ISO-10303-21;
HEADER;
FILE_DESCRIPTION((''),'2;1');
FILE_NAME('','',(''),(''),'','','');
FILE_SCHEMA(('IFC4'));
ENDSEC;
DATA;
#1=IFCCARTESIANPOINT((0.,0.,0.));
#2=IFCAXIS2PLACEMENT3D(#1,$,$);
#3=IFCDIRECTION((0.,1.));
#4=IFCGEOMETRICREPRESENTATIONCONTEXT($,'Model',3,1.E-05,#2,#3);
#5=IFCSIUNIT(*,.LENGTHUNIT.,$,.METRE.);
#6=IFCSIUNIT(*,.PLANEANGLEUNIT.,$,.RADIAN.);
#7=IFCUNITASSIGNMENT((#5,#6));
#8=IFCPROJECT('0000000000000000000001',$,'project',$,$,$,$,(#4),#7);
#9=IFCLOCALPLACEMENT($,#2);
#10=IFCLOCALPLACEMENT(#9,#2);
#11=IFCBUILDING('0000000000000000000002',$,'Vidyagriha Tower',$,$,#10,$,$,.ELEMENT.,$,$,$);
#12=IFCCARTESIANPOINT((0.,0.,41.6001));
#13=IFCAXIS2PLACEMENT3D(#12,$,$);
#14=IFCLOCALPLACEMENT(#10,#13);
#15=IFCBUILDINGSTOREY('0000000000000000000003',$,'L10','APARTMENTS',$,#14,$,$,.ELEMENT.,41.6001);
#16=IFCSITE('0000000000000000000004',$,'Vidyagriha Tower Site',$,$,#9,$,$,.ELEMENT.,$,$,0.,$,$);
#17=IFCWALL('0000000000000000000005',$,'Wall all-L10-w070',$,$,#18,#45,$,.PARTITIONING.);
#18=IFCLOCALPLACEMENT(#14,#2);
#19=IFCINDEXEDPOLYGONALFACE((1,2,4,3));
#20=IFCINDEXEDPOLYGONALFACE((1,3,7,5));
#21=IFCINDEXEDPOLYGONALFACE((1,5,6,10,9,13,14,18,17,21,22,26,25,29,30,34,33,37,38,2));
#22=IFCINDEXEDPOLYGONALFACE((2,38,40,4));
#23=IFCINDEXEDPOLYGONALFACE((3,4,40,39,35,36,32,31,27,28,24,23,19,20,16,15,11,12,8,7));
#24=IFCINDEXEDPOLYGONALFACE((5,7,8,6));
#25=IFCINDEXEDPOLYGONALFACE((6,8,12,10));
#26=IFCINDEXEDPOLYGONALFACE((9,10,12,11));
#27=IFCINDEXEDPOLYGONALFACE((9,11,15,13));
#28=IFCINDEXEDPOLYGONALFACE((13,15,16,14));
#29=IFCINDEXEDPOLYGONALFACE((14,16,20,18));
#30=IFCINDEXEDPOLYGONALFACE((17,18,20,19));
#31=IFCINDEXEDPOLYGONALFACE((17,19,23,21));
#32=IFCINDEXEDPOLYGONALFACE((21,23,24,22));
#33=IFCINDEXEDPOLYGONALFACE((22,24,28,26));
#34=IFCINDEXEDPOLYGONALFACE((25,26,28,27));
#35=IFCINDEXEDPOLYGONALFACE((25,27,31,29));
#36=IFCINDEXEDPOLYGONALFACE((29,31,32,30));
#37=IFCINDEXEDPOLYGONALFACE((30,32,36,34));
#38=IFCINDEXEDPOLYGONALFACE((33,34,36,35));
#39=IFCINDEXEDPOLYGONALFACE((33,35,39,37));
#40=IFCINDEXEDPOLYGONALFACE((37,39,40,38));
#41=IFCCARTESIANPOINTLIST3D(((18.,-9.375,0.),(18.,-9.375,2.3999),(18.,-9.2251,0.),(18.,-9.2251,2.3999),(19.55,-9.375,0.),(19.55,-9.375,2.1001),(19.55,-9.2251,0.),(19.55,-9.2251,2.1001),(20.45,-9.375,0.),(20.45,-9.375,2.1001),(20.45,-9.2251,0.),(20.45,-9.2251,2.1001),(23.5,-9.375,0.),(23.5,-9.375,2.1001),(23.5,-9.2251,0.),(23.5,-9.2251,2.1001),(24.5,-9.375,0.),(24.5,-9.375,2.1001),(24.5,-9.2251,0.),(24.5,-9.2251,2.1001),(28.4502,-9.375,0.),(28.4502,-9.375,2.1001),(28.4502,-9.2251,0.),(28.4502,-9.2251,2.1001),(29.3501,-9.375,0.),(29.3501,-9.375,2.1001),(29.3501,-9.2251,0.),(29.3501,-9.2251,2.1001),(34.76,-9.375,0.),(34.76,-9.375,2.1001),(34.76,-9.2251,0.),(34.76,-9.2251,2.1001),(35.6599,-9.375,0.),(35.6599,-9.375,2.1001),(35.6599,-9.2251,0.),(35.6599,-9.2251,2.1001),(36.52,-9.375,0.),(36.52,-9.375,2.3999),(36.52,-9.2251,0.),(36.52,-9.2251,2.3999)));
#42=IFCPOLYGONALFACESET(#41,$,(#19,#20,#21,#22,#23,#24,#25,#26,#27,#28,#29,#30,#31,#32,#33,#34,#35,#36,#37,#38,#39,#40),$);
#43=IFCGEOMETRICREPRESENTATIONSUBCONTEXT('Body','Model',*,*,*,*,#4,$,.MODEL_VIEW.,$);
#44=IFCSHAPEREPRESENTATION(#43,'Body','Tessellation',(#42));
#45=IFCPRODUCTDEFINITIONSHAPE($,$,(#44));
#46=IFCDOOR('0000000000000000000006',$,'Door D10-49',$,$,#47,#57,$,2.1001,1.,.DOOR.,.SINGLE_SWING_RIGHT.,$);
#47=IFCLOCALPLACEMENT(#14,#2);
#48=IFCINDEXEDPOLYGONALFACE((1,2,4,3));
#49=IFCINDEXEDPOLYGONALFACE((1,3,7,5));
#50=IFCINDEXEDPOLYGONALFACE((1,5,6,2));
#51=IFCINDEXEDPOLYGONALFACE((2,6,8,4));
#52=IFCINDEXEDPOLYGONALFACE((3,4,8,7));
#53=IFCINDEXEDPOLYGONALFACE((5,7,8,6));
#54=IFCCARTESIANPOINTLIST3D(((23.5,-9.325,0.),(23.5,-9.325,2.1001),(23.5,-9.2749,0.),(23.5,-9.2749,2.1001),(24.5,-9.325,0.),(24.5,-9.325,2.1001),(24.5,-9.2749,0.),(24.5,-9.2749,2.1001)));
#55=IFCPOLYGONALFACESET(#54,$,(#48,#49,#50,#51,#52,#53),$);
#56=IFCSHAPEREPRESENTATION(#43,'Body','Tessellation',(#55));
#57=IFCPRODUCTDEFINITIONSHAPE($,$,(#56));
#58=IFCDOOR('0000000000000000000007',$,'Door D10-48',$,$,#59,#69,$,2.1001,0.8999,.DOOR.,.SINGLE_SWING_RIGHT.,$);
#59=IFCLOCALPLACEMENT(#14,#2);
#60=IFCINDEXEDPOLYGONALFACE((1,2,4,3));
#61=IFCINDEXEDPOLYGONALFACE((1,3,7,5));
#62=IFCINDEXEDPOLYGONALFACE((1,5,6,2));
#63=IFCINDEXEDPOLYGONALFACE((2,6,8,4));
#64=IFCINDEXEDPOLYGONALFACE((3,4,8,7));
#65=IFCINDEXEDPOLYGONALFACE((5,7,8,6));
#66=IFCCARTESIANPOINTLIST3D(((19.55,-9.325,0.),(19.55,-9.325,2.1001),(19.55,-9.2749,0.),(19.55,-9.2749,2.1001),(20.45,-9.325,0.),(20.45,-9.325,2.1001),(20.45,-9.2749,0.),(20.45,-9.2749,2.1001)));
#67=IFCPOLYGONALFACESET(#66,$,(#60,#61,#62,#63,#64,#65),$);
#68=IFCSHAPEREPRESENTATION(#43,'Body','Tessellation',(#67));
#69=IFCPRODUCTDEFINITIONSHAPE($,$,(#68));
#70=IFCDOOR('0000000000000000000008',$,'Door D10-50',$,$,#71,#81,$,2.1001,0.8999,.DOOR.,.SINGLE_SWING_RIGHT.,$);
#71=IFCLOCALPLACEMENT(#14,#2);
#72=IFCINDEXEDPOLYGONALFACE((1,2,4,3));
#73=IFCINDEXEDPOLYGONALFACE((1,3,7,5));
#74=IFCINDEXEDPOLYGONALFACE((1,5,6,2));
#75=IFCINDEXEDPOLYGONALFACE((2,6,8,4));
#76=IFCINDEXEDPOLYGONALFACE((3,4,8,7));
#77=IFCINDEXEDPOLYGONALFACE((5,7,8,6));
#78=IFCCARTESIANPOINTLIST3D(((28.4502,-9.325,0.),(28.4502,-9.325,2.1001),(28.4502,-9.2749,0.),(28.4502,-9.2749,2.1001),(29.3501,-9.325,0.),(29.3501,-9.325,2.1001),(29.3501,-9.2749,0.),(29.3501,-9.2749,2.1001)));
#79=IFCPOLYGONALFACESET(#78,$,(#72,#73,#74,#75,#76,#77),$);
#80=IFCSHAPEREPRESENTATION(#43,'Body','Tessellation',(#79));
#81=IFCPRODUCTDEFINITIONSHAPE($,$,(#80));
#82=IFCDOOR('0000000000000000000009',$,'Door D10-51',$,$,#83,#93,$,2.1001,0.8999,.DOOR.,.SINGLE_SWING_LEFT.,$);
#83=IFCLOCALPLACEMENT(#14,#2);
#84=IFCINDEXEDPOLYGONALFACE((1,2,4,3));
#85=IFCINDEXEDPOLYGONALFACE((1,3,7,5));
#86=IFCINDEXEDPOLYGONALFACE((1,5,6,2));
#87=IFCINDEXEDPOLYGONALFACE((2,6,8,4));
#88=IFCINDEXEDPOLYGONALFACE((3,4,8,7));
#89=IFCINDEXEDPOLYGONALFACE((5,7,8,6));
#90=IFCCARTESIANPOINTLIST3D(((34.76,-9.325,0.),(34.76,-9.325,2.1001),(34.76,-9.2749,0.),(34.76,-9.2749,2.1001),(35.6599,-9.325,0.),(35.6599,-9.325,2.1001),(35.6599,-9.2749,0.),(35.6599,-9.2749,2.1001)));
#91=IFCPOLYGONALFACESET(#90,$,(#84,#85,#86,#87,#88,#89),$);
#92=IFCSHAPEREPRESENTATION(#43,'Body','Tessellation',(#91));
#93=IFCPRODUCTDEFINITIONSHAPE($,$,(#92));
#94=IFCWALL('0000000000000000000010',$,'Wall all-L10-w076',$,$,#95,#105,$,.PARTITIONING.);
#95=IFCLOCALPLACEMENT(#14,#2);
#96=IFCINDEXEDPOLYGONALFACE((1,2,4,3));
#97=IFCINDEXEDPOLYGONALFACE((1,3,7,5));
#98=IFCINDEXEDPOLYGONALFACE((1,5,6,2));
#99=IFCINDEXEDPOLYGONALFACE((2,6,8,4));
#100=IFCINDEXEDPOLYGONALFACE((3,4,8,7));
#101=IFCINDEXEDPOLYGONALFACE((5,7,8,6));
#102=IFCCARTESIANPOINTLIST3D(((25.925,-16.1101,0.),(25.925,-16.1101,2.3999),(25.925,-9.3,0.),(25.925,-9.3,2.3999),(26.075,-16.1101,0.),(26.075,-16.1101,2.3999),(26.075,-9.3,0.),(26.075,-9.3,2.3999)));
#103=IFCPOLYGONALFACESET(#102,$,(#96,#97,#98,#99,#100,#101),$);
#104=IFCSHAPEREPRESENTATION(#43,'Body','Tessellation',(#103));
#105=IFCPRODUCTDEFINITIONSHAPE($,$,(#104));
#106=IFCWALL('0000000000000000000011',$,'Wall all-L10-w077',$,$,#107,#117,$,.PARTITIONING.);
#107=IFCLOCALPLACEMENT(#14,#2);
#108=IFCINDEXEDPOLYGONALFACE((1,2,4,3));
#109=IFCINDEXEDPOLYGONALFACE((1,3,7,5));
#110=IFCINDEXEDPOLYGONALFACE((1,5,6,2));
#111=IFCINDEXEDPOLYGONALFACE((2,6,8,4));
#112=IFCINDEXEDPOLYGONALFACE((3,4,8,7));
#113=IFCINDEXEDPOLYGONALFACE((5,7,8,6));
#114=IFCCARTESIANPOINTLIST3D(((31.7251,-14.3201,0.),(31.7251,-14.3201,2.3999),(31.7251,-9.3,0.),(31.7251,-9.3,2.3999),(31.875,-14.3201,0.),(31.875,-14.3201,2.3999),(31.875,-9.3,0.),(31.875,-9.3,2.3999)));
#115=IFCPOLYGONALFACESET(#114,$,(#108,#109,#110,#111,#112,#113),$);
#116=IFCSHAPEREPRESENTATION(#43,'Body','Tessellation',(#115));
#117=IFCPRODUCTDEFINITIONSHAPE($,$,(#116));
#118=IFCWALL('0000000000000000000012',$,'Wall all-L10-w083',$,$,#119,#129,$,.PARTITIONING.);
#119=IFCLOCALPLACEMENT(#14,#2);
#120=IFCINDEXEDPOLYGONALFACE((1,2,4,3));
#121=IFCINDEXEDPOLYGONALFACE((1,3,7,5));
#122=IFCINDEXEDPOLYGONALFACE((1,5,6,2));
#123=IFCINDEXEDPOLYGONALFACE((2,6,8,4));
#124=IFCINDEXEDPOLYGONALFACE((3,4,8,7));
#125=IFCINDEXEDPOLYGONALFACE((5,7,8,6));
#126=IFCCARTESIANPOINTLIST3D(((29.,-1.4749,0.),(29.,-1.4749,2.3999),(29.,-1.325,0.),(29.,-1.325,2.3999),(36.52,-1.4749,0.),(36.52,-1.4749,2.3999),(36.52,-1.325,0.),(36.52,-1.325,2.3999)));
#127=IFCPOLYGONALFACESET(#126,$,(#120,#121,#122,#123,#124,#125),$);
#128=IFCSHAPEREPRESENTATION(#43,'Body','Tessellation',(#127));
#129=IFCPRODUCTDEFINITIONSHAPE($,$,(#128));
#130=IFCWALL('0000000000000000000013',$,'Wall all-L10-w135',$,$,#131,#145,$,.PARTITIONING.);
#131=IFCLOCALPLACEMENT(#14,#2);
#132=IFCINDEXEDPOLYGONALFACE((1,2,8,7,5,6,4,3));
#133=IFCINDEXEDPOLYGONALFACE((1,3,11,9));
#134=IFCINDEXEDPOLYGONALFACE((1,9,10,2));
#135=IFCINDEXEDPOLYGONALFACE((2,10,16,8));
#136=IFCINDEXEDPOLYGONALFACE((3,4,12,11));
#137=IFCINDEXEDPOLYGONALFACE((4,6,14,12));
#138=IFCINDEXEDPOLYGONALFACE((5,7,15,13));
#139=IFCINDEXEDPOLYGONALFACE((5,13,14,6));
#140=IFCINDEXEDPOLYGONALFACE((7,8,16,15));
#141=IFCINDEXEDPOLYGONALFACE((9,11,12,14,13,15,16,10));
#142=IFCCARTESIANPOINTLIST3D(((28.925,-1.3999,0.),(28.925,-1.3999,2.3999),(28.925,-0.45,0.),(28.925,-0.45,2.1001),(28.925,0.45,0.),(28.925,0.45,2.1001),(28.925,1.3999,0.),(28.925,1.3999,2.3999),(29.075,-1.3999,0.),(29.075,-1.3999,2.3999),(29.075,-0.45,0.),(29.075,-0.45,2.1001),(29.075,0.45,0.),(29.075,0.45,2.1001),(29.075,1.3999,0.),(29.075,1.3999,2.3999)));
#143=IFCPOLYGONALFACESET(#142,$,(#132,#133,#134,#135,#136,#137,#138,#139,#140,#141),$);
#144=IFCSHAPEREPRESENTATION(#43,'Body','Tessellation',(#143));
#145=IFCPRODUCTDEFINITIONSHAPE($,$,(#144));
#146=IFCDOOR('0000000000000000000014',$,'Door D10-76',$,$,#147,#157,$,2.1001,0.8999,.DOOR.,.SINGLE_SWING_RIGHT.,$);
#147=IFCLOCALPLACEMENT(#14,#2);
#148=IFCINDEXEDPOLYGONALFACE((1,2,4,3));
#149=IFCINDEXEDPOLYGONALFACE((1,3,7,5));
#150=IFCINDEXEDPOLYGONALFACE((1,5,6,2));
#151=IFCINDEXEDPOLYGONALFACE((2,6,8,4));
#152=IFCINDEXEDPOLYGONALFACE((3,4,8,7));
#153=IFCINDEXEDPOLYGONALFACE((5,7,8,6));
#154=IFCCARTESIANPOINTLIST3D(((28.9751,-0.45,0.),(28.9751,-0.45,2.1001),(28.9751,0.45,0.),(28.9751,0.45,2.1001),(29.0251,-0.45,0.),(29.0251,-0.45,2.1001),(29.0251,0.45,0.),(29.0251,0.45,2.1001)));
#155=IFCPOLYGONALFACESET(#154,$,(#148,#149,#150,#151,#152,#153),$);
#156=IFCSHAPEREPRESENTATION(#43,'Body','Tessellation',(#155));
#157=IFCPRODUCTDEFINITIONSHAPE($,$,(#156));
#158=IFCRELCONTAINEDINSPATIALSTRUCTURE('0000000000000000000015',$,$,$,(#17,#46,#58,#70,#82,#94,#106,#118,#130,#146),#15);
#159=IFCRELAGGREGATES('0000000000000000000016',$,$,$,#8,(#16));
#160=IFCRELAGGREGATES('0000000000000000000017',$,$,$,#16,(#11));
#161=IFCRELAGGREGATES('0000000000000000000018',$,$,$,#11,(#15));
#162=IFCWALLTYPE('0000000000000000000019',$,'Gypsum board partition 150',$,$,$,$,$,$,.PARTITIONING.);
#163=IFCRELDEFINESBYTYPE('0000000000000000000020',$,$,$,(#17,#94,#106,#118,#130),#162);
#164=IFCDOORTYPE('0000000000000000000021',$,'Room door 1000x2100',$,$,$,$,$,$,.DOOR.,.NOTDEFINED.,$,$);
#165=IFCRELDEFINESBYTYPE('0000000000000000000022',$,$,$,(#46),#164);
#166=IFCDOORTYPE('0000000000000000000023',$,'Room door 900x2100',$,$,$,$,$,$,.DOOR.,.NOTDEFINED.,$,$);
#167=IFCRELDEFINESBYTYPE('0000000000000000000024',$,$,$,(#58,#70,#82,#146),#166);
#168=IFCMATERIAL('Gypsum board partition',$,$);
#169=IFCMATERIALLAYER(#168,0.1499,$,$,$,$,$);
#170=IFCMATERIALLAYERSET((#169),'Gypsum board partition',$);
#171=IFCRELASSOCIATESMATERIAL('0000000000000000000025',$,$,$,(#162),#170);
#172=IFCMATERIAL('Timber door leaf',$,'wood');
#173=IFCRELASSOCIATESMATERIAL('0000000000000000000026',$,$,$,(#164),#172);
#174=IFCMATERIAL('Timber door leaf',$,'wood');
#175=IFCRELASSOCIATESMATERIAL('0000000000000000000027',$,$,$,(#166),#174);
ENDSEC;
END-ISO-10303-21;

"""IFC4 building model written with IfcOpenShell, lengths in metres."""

from ifc_helpers import new_model, si_unit, direction, frame, frame_2d, origin, place, context, subcontext, project, spatial, rectangle, extrude, material, layer, layer_set, type_object, element, fill, save


model = new_model("IFC4")

# Units and contexts
model_context = context("Model", 3, precision=1e-05, world=origin(), true_north=direction((0.0, 1.0)))
body_context = subcontext(model_context, "Body", "Model", "MODEL_VIEW")
ifc_project = project(units=[si_unit("LENGTHUNIT", "METRE"), si_unit("PLANEANGLEUNIT", "RADIAN")], contexts=[model_context])

# Site, building, storey
site_placement = place(None, origin())
site = spatial("IfcSite", under=ifc_project, at=site_placement, Name="Vidyagriha Tower Site", CompositionType="ELEMENT", RefElevation=0.0)
building_placement = place(site_placement, origin())
building = spatial("IfcBuilding", under=site, at=building_placement, Name="Vidyagriha Tower", CompositionType="ELEMENT")
storey_placement = place(building_placement, frame((0.0, 0.0, 41.6001)))
storey = spatial("IfcBuildingStorey", under=building, at=storey_placement, Name="L10", Description="APARTMENTS", CompositionType="ELEMENT", Elevation=41.6001)

# Shared definitions
ifc_material_1 = material(Name="Gypsum board partition")
ifc_layer_1 = layer(ifc_material_1, 0.1499)
ifc_layer_set_1 = layer_set([ifc_layer_1], Name="Gypsum board partition")
wall_type_1 = type_object("IfcWallType", Name="Gypsum board partition 150", PredefinedType="PARTITIONING", material=ifc_layer_set_1)

# Wall, openings, doors
wall_1_placement = place(storey_placement, frame((36.52, -9.3, 0.0), z_axis=(0.0, 0.0, 1.0), x_axis=(-1.0, 0.0, 0.0)))
wall_1 = element("IfcWall", 1, at=wall_1_placement, inside=storey, type_object=wall_type_1, Name="Wall all-L10-w070", PredefinedType="PARTITIONING", context=body_context, shape_type="SweptSolid", body=[
    extrude(rectangle(XDim=18.52, YDim=0.1499, at=frame_2d((9.26, 0.0))), origin(), (0.0, 0.0, 1.0), 2.3999),
])
opening_1_placement = place(wall_1_placement, frame((16.0701, 0.0, 0.0)))
opening_1 = element("IfcOpeningElement", 2, at=opening_1_placement, cuts=wall_1, PredefinedType="OPENING", context=body_context, shape_type="SweptSolid", body=[
    extrude(rectangle(XDim=0.8999, YDim=2.1001, at=frame_2d((0.45, 1.05))), frame((0.0, 0.085, 0.0), z_axis=(0.0, -1.0, 0.0), x_axis=(1.0, 0.0, 0.0)), (0.0, 0.0, 1.0), 0.1699),
])
opening_2_placement = place(wall_1_placement, frame((12.02, 0.0, 0.0)))
opening_2 = element("IfcOpeningElement", 3, at=opening_2_placement, cuts=wall_1, PredefinedType="OPENING", context=body_context, shape_type="SweptSolid", body=[
    extrude(rectangle(XDim=1.0, YDim=2.1001, at=frame_2d((0.5, 1.05))), frame((0.0, 0.085, 0.0), z_axis=(0.0, -1.0, 0.0), x_axis=(1.0, 0.0, 0.0)), (0.0, 0.0, 1.0), 0.1699),
])
opening_3_placement = place(wall_1_placement, frame((7.1699, 0.0, 0.0)))
opening_3 = element("IfcOpeningElement", 4, at=opening_3_placement, cuts=wall_1, PredefinedType="OPENING", context=body_context, shape_type="SweptSolid", body=[
    extrude(rectangle(XDim=0.8999, YDim=2.1001, at=frame_2d((0.45, 1.05))), frame((0.0, 0.085, 0.0), z_axis=(0.0, -1.0, 0.0), x_axis=(1.0, 0.0, 0.0)), (0.0, 0.0, 1.0), 0.1699),
])
opening_4_placement = place(wall_1_placement, frame((0.8601, 0.0, 0.0)))
opening_4 = element("IfcOpeningElement", 5, at=opening_4_placement, cuts=wall_1, PredefinedType="OPENING", context=body_context, shape_type="SweptSolid", body=[
    extrude(rectangle(XDim=0.8999, YDim=2.1001, at=frame_2d((0.45, 1.05))), frame((0.0, 0.085, 0.0), z_axis=(0.0, -1.0, 0.0), x_axis=(1.0, 0.0, 0.0)), (0.0, 0.0, 1.0), 0.1699),
])
ifc_material_2 = material(Name="Timber door leaf", Category="wood")
door_type_1 = type_object("IfcDoorType", Name="Room door 1000x2100", OperationType="NOTDEFINED", PredefinedType="DOOR", material=ifc_material_2)
door_1_placement = place(opening_2_placement, origin())
door_1 = element("IfcDoor", 6, at=door_1_placement, inside=storey, type_object=door_type_1, Name="Door D10-49", OperationType="SINGLE_SWING_RIGHT", OverallHeight=2.1001, OverallWidth=1.0, PredefinedType="DOOR", context=body_context, shape_type="SweptSolid", body=[
    extrude(rectangle(XDim=1.0, YDim=2.1001, at=frame_2d((0.5, 1.05))), frame((0.0, 0.0249, 0.0), z_axis=(0.0, -1.0, 0.0), x_axis=(1.0, 0.0, 0.0)), (0.0, 0.0, 1.0), 0.05),
])
fill(opening_2, door_1)
ifc_material_3 = material(Name="Timber door leaf", Category="wood")
door_type_2 = type_object("IfcDoorType", Name="Room door 900x2100", OperationType="NOTDEFINED", PredefinedType="DOOR", material=ifc_material_3)
door_2_placement = place(opening_1_placement, origin())
door_2 = element("IfcDoor", 7, at=door_2_placement, inside=storey, type_object=door_type_2, Name="Door D10-48", OperationType="SINGLE_SWING_RIGHT", OverallHeight=2.1001, OverallWidth=0.8999, PredefinedType="DOOR", context=body_context, shape_type="SweptSolid", body=[
    extrude(rectangle(XDim=0.8999, YDim=2.1001, at=frame_2d((0.45, 1.05))), frame((0.0, 0.0249, 0.0), z_axis=(0.0, -1.0, 0.0), x_axis=(1.0, 0.0, 0.0)), (0.0, 0.0, 1.0), 0.05),
])
fill(opening_1, door_2)
door_3_placement = place(opening_3_placement, origin())
door_3 = element("IfcDoor", 8, at=door_3_placement, inside=storey, type_object=door_type_2, Name="Door D10-50", OperationType="SINGLE_SWING_RIGHT", OverallHeight=2.1001, OverallWidth=0.8999, PredefinedType="DOOR", context=body_context, shape_type="SweptSolid", body=[
    extrude(rectangle(XDim=0.8999, YDim=2.1001, at=frame_2d((0.45, 1.05))), frame((0.0, 0.0249, 0.0), z_axis=(0.0, -1.0, 0.0), x_axis=(1.0, 0.0, 0.0)), (0.0, 0.0, 1.0), 0.05),
])
fill(opening_3, door_3)
door_4_placement = place(opening_4_placement, origin())
door_4 = element("IfcDoor", 9, at=door_4_placement, inside=storey, type_object=door_type_2, Name="Door D10-51", OperationType="SINGLE_SWING_LEFT", OverallHeight=2.1001, OverallWidth=0.8999, PredefinedType="DOOR", context=body_context, shape_type="SweptSolid", body=[
    extrude(rectangle(XDim=0.8999, YDim=2.1001, at=frame_2d((0.45, 1.05))), frame((0.0, 0.0249, 0.0), z_axis=(0.0, -1.0, 0.0), x_axis=(1.0, 0.0, 0.0)), (0.0, 0.0, 1.0), 0.05),
])
fill(opening_4, door_4)

# Walls
wall_2_placement = place(storey_placement, frame((26.0, -9.3, 0.0), z_axis=(0.0, 0.0, 1.0), x_axis=(0.0, -1.0, 0.0)))
element("IfcWall", 10, at=wall_2_placement, inside=storey, type_object=wall_type_1, Name="Wall all-L10-w076", PredefinedType="PARTITIONING", context=body_context, shape_type="SweptSolid", body=[
    extrude(rectangle(XDim=6.8101, YDim=0.1499, at=frame_2d((3.405, 0.0))), origin(), (0.0, 0.0, 1.0), 2.3999),
])
wall_3_placement = place(storey_placement, frame((31.8, -9.3, 0.0), z_axis=(0.0, 0.0, 1.0), x_axis=(0.0, -1.0, 0.0)))
element("IfcWall", 11, at=wall_3_placement, inside=storey, type_object=wall_type_1, Name="Wall all-L10-w077", PredefinedType="PARTITIONING", context=body_context, shape_type="SweptSolid", body=[
    extrude(rectangle(XDim=5.02, YDim=0.1499, at=frame_2d((2.51, 0.0))), origin(), (0.0, 0.0, 1.0), 2.3999),
])
wall_4_placement = place(storey_placement, frame((36.52, -1.3999, 0.0), z_axis=(0.0, 0.0, 1.0), x_axis=(-1.0, 0.0, 0.0)))
element("IfcWall", 12, at=wall_4_placement, inside=storey, type_object=wall_type_1, Name="Wall all-L10-w083", PredefinedType="PARTITIONING", context=body_context, shape_type="SweptSolid", body=[
    extrude(rectangle(XDim=7.52, YDim=0.1499, at=frame_2d((3.76, 0.0))), origin(), (0.0, 0.0, 1.0), 2.3999),
])

# Wall, opening, door
wall_5_placement = place(storey_placement, frame((29.0, -1.3999, 0.0), z_axis=(0.0, 0.0, 1.0), x_axis=(0.0, 1.0, 0.0)))
wall_5 = element("IfcWall", 13, at=wall_5_placement, inside=storey, type_object=wall_type_1, Name="Wall all-L10-w135", PredefinedType="PARTITIONING", context=body_context, shape_type="SweptSolid", body=[
    extrude(rectangle(XDim=2.7998, YDim=0.1499, at=frame_2d((1.3999, 0.0))), origin(), (0.0, 0.0, 1.0), 2.3999),
])
opening_5_placement = place(wall_5_placement, frame((0.95, 0.0, 0.0)))
opening_5 = element("IfcOpeningElement", 14, at=opening_5_placement, cuts=wall_5, PredefinedType="OPENING", context=body_context, shape_type="SweptSolid", body=[
    extrude(rectangle(XDim=0.8999, YDim=2.1001, at=frame_2d((0.45, 1.05))), frame((0.0, 0.085, 0.0), z_axis=(0.0, -1.0, 0.0), x_axis=(1.0, 0.0, 0.0)), (0.0, 0.0, 1.0), 0.1699),
])
door_5_placement = place(opening_5_placement, origin())
door_5 = element("IfcDoor", 15, at=door_5_placement, inside=storey, type_object=door_type_2, Name="Door D10-76", OperationType="SINGLE_SWING_RIGHT", OverallHeight=2.1001, OverallWidth=0.8999, PredefinedType="DOOR", context=body_context, shape_type="SweptSolid", body=[
    extrude(rectangle(XDim=0.8999, YDim=2.1001, at=frame_2d((0.45, 1.05))), frame((0.0, 0.0249, 0.0), z_axis=(0.0, -1.0, 0.0), x_axis=(1.0, 0.0, 0.0)), (0.0, 0.0, 1.0), 0.05),
])
fill(opening_5, door_5)

save(model, "model.ifc")
